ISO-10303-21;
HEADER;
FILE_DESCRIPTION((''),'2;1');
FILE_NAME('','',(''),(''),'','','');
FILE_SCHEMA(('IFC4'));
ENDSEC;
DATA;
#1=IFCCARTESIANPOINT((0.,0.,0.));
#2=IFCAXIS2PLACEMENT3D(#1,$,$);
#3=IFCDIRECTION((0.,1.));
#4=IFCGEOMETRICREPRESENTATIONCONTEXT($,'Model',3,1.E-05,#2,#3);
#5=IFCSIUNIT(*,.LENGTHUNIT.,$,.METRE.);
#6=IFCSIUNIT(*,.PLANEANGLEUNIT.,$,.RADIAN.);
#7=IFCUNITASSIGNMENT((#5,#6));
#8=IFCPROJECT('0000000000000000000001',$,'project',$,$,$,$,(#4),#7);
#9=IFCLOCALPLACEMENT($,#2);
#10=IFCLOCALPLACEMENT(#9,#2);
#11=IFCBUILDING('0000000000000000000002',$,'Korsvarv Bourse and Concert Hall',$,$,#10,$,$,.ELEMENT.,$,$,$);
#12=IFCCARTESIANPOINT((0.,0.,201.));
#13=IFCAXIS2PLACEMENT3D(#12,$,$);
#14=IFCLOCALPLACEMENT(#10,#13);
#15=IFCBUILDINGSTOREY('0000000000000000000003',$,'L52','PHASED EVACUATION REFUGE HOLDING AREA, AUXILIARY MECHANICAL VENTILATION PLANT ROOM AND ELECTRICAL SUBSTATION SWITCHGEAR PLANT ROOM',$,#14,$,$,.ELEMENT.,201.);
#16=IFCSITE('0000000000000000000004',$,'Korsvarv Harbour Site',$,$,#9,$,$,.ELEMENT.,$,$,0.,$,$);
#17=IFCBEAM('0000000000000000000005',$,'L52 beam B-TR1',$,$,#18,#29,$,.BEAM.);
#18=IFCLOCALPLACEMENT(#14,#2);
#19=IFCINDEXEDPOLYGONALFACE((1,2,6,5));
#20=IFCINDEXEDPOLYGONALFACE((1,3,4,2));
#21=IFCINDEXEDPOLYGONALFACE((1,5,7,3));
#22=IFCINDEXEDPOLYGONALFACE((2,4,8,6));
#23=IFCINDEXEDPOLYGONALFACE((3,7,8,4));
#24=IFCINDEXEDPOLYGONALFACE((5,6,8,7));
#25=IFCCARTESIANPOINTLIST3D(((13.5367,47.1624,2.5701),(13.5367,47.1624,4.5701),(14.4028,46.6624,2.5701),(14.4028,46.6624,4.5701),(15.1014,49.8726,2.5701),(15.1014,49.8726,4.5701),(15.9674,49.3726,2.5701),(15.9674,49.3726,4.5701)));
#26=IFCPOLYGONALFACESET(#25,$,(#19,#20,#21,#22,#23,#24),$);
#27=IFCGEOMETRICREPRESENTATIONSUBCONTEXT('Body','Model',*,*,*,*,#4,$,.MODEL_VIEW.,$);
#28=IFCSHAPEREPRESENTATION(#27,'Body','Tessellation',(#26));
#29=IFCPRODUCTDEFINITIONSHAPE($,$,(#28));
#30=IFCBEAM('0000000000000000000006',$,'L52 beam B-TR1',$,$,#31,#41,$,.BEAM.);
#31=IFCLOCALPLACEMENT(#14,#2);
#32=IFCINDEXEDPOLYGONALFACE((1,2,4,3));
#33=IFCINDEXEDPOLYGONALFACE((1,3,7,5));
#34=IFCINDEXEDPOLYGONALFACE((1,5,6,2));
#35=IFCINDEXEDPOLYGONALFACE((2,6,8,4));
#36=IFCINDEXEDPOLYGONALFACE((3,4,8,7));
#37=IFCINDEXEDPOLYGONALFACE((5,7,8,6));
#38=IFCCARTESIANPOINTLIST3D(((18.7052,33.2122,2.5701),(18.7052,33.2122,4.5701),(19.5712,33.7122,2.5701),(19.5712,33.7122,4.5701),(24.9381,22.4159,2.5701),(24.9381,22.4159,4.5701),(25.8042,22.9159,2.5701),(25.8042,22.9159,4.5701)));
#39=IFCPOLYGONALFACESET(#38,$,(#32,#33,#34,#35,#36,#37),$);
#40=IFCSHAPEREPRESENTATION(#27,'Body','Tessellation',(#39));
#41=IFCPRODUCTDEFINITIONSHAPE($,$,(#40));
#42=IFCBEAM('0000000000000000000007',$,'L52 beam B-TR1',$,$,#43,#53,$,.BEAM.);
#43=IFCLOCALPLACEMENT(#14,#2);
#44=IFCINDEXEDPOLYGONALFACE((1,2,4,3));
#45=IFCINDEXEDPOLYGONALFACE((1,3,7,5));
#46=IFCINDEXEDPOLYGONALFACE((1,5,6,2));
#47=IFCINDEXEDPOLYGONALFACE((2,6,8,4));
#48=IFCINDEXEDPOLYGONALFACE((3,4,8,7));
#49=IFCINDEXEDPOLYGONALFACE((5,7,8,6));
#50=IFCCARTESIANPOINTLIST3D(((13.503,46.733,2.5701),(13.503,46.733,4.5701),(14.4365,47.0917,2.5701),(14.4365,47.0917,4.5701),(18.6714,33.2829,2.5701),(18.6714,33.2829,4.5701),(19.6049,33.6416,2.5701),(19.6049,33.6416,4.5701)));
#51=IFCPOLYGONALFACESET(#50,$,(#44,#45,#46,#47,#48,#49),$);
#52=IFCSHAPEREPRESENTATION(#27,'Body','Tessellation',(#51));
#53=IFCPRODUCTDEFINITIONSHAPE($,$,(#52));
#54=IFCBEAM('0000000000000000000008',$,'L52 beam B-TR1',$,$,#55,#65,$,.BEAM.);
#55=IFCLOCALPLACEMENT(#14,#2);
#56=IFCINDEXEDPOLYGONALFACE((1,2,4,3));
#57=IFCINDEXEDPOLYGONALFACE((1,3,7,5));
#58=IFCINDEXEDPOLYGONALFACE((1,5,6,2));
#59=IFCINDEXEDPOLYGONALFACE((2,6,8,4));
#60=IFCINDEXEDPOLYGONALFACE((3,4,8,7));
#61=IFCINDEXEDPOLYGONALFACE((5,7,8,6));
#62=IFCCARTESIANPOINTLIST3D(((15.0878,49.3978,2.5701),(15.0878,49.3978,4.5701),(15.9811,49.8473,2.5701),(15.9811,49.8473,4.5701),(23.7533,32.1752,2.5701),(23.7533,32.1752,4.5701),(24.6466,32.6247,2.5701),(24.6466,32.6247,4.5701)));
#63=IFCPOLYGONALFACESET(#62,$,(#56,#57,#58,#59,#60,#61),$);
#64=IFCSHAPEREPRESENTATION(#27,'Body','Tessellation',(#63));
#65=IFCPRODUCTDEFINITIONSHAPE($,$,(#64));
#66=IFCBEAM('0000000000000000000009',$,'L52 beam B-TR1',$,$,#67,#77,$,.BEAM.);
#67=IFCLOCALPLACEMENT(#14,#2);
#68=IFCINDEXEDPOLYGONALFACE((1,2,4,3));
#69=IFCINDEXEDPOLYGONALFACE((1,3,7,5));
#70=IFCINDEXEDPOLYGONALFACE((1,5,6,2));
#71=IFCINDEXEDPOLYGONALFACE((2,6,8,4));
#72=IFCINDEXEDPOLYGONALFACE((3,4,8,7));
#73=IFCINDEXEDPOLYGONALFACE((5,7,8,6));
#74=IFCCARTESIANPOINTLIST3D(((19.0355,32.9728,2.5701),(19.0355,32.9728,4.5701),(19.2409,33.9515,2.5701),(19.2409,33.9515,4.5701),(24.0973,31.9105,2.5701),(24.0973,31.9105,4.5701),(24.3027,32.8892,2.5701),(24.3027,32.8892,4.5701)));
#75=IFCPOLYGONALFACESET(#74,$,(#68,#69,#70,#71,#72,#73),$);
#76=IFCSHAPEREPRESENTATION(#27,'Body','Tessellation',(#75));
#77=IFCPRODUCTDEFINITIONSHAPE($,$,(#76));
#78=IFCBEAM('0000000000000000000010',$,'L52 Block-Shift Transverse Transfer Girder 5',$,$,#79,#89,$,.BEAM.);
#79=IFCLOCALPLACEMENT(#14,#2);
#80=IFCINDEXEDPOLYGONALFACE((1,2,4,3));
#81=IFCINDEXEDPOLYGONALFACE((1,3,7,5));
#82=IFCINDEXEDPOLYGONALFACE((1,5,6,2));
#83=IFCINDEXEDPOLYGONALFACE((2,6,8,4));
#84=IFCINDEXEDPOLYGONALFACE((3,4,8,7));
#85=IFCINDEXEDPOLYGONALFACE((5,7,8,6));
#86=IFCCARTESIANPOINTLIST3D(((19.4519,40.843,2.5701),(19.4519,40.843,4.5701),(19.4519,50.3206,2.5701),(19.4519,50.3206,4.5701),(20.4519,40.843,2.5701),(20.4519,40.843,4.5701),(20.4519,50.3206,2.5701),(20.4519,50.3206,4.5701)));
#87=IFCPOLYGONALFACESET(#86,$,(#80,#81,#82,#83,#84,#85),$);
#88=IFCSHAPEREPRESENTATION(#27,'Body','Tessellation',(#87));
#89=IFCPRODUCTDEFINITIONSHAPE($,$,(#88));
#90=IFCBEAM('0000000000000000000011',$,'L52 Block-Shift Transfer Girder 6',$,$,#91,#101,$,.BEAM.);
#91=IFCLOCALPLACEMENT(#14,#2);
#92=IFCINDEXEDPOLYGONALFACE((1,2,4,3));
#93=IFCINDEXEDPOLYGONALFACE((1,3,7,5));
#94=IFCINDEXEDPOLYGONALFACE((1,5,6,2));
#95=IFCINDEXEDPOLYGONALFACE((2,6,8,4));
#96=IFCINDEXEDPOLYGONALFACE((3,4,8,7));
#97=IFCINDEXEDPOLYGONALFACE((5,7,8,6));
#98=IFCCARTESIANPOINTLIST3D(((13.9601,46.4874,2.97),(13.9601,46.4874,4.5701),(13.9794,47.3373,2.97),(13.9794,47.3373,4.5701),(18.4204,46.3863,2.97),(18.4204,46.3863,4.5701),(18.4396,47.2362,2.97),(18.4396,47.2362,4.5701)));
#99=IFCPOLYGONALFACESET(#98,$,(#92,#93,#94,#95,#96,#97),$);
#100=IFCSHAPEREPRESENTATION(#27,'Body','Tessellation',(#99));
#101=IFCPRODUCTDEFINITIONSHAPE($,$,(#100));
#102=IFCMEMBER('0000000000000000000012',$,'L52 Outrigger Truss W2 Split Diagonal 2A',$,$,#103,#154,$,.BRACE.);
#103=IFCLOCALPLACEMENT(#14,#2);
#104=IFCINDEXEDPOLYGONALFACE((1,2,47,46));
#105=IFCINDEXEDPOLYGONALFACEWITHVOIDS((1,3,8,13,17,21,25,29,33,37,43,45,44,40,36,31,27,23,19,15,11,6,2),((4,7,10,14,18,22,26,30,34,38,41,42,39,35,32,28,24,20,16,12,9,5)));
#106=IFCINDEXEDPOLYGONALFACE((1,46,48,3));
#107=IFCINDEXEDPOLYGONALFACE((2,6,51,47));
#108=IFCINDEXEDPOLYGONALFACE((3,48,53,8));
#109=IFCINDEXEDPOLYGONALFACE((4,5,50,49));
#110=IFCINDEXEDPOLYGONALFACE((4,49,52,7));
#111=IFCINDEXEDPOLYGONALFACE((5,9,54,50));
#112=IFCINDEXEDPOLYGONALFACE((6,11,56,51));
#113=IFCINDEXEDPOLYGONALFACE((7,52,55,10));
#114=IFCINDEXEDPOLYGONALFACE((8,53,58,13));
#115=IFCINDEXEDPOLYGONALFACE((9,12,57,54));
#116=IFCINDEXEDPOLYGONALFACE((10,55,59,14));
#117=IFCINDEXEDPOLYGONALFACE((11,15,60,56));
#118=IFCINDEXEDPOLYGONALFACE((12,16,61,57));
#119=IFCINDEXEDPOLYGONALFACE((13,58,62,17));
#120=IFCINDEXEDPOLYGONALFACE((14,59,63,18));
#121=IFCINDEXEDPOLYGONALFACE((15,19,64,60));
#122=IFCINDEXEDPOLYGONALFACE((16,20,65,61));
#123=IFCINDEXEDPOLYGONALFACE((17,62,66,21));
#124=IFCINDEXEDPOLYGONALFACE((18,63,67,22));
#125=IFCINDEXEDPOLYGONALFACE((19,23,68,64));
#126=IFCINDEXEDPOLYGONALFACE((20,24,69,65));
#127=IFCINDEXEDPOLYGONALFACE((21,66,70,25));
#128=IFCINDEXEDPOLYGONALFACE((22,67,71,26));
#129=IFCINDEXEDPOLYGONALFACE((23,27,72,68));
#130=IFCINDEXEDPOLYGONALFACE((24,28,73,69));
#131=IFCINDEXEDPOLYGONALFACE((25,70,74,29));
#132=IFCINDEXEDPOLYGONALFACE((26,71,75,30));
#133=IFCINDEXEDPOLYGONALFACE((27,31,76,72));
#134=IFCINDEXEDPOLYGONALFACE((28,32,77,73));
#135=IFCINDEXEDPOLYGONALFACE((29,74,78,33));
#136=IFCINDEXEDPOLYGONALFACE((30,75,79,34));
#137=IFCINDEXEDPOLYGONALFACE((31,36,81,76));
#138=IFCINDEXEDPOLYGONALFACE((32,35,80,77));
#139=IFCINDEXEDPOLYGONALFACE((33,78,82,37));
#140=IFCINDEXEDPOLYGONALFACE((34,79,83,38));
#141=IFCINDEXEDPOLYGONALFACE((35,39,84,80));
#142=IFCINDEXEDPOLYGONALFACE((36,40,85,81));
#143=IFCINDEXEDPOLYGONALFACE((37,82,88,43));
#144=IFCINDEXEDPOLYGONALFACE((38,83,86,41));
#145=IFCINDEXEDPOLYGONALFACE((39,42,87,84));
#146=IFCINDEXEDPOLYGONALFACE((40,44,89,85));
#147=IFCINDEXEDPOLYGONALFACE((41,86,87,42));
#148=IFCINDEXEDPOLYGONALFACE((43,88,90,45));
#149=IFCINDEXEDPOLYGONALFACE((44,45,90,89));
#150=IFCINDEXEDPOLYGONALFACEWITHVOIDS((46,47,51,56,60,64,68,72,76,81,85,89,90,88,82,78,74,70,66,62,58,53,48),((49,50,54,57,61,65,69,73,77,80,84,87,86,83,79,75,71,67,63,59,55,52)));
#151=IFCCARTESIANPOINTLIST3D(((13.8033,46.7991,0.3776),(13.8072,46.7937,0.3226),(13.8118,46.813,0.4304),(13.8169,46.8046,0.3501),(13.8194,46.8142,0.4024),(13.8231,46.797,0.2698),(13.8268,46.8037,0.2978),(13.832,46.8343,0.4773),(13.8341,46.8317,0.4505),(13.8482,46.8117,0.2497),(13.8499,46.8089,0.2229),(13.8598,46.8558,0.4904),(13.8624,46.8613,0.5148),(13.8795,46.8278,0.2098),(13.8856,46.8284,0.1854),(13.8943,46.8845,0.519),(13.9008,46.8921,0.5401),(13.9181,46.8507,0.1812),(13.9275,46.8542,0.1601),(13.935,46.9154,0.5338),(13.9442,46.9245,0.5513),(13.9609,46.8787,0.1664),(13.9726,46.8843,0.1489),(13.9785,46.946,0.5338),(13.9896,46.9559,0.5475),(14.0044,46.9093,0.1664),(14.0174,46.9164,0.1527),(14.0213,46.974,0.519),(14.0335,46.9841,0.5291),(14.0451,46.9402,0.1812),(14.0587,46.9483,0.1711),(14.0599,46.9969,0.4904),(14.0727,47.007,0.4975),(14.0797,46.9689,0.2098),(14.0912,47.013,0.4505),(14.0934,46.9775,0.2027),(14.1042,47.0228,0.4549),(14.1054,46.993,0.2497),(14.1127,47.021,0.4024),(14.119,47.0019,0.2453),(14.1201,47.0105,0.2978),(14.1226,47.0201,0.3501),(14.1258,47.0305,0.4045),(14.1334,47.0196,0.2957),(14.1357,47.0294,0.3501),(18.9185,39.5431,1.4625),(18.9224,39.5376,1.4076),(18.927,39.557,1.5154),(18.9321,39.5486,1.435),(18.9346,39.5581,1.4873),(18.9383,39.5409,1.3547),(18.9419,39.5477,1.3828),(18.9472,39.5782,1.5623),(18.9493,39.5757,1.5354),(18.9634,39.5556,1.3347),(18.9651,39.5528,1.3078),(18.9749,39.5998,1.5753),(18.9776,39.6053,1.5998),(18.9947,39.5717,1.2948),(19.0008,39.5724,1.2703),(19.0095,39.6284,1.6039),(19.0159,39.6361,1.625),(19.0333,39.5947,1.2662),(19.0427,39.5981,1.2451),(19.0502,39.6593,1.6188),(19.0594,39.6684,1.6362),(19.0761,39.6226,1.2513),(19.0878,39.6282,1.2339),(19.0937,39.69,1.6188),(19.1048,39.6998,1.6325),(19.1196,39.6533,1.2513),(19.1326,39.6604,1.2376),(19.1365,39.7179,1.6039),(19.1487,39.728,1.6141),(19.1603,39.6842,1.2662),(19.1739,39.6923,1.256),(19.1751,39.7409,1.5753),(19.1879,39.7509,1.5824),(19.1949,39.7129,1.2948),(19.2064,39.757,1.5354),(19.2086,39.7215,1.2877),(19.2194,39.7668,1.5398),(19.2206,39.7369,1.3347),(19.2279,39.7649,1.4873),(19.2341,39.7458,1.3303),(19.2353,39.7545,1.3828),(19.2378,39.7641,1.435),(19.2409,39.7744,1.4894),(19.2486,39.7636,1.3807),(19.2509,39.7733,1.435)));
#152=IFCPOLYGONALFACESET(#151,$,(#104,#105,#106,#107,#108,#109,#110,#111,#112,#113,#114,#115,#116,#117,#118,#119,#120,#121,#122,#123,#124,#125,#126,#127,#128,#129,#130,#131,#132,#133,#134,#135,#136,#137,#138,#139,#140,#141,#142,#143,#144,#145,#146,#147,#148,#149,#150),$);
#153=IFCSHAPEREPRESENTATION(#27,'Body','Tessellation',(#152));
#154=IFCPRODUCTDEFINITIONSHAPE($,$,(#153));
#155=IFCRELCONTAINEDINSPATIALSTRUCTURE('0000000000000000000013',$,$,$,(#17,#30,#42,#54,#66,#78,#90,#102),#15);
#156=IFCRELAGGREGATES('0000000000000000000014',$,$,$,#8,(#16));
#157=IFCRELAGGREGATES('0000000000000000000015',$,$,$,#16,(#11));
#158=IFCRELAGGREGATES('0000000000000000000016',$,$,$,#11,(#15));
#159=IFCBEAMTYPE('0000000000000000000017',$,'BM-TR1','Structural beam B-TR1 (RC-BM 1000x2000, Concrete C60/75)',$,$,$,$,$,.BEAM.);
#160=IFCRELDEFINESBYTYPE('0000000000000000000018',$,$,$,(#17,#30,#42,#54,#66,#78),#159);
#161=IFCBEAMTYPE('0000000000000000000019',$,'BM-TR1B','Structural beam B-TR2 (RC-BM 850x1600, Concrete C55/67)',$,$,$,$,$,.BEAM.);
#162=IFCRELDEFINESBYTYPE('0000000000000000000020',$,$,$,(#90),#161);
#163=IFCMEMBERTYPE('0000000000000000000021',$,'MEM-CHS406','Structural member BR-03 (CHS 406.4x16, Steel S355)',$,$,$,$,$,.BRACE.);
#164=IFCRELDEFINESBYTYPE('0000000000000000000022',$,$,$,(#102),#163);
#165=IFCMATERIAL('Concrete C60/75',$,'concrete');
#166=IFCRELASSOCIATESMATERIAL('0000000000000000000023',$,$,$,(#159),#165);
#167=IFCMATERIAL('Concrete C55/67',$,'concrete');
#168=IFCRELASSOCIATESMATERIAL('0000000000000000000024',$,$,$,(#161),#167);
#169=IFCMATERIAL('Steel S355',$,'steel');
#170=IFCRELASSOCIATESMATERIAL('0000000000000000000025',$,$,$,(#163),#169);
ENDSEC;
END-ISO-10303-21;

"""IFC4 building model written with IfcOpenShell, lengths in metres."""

from ifc_helpers import new_model, si_unit, direction, frame, origin, origin_2d, place, context, subcontext, project, spatial, rectangle, hollow_circle, extrude, source, transform, mapped, material, material_profile, profile_set, type_object, element, save


model = new_model("IFC4")

# Units and contexts
model_context = context("Model", 3, precision=1e-05, world=origin(), true_north=direction((0.0, 1.0)))
body_context = subcontext(model_context, "Body", "Model", "MODEL_VIEW")
ifc_project = project(units=[si_unit("LENGTHUNIT", "METRE"), si_unit("PLANEANGLEUNIT", "RADIAN")], contexts=[model_context])

# Site, building, storey
site_placement = place(None, origin())
site = spatial("IfcSite", under=ifc_project, at=site_placement, Name="Korsvarv Harbour Site", CompositionType="ELEMENT", RefElevation=0.0)
building_placement = place(site_placement, origin())
building = spatial("IfcBuilding", under=site, at=building_placement, Name="Korsvarv Bourse and Concert Hall", CompositionType="ELEMENT")
storey_placement = place(building_placement, frame((0.0, 0.0, 201.0)))
storey = spatial("IfcBuildingStorey", under=building, at=storey_placement, Name="L52", Description="PHASED EVACUATION REFUGE HOLDING AREA, AUXILIARY MECHANICAL VENTILATION PLANT ROOM AND ELECTRICAL SUBSTATION SWITCHGEAR PLANT ROOM", CompositionType="ELEMENT", Elevation=201.0)

# Shared definitions
ifc_material_1 = material(Name="Steel S355", Category="steel")

# Beams
ifc_material_2 = material(Name="Concrete C60/75", Category="concrete")
ifc_material_profile_1 = material_profile(ifc_material_2, rectangle(XDim=1.0, YDim=2.0, at=origin_2d()), Name="RC-BM 1000x2000")
ifc_profile_set_1 = profile_set([ifc_material_profile_1], Name="Concrete C60/75")
beam_type_1 = type_object("IfcBeamType", Name="BM-TR1", Description="Structural beam B-TR1 (RC-BM 1000x2000, Concrete C60/75)", PredefinedType="BEAM", material=ifc_profile_set_1)
shared_shape_1 = source(origin(), body_context, "Body", "SweptSolid", [
    extrude(rectangle(XDim=1.0, YDim=2.0, at=origin_2d()), origin(), (0.0, 0.0, 1.0), 3.1294),
])
beam_1_placement = place(storey_placement, frame((15.5344, 49.6226, 3.5701), z_axis=(-0.49999, -0.866031, 0.0), x_axis=(0.866031, -0.49999, 0.0)))
element("IfcBeam", 1, at=beam_1_placement, inside=storey, type_object=beam_type_1, Name="L52 beam B-TR1", PredefinedType="BEAM", context=body_context, shape_type="MappedRepresentation", body=[
    mapped(shared_shape_1, transform((0.0, 0.0, 0.0), scale=1.0)),
])
shared_shape_2 = source(origin(), body_context, "Body", "SweptSolid", [
    extrude(rectangle(XDim=1.0, YDim=2.0, at=origin_2d()), origin(), (0.0, 0.0, 1.0), 12.4663),
])
beam_2_placement = place(storey_placement, frame((19.1382, 33.4622, 3.5701), z_axis=(0.499985, -0.866034, 0.0), x_axis=(0.866034, 0.499985, 0.0)))
element("IfcBeam", 2, at=beam_2_placement, inside=storey, type_object=beam_type_1, Name="L52 beam B-TR1", PredefinedType="BEAM", context=body_context, shape_type="MappedRepresentation", body=[
    mapped(shared_shape_2, transform((0.0, 0.0, 0.0), scale=1.0)),
])
shared_shape_3 = source(origin(), body_context, "Body", "SweptSolid", [
    extrude(rectangle(XDim=1.0, YDim=2.0, at=origin_2d()), origin(), (0.0, 0.0, 1.0), 14.4089),
])
beam_3_placement = place(storey_placement, frame((13.9697, 46.9124, 3.5701), z_axis=(0.358695, -0.933455, 0.0), x_axis=(0.933455, 0.358695, 0.0)))
element("IfcBeam", 3, at=beam_3_placement, inside=storey, type_object=beam_type_1, Name="L52 beam B-TR1", PredefinedType="BEAM", context=body_context, shape_type="MappedRepresentation", body=[
    mapped(shared_shape_3, transform((0.0, 0.0, 0.0), scale=1.0)),
])
shared_shape_4 = source(origin(), body_context, "Body", "SweptSolid", [
    extrude(rectangle(XDim=1.0, YDim=2.0, at=origin_2d()), origin(), (0.0, 0.0, 1.0), 19.2798),
])
beam_4_placement = place(storey_placement, frame((15.5344, 49.6226, 3.5701), z_axis=(0.449461, -0.8933, 0.0), x_axis=(0.8933, 0.449461, 0.0)))
element("IfcBeam", 4, at=beam_4_placement, inside=storey, type_object=beam_type_1, Name="L52 beam B-TR1", PredefinedType="BEAM", context=body_context, shape_type="MappedRepresentation", body=[
    mapped(shared_shape_4, transform((0.0, 0.0, 0.0), scale=1.0)),
])
shared_shape_5 = source(origin(), body_context, "Body", "SweptSolid", [
    extrude(rectangle(XDim=1.0, YDim=2.0, at=origin_2d()), origin(), (0.0, 0.0, 1.0), 5.1721),
])
beam_5_placement = place(storey_placement, frame((19.1382, 33.4622, 3.5701), z_axis=(0.978681, -0.205385, 0.0), x_axis=(0.205385, 0.978681, 0.0)))
element("IfcBeam", 5, at=beam_5_placement, inside=storey, type_object=beam_type_1, Name="L52 beam B-TR1", PredefinedType="BEAM", context=body_context, shape_type="MappedRepresentation", body=[
    mapped(shared_shape_5, transform((0.0, 0.0, 0.0), scale=1.0)),
])
shared_shape_6 = source(origin(), body_context, "Body", "SweptSolid", [
    extrude(rectangle(XDim=1.0, YDim=2.0, at=origin_2d()), origin(), (0.0, 0.0, 1.0), 9.4775),
])
beam_6_placement = place(storey_placement, frame((19.9519, 40.843, 3.5701), z_axis=(0.0, 1.0, 0.0), x_axis=(-1.0, 0.0, 0.0)))
element("IfcBeam", 6, at=beam_6_placement, inside=storey, type_object=beam_type_1, Name="L52 Block-Shift Transverse Transfer Girder 5", PredefinedType="BEAM", context=body_context, shape_type="MappedRepresentation", body=[
    mapped(shared_shape_6, transform((0.0, 0.0, 0.0), scale=1.0)),
])
ifc_material_3 = material(Name="Concrete C55/67", Category="concrete")
ifc_material_profile_2 = material_profile(ifc_material_3, rectangle(XDim=0.8501, YDim=1.6001, at=origin_2d()), Name="RC-BM 850x1600")
ifc_profile_set_2 = profile_set([ifc_material_profile_2], Name="Concrete C55/67")
beam_type_2 = type_object("IfcBeamType", Name="BM-TR1B", Description="Structural beam B-TR2 (RC-BM 850x1600, Concrete C55/67)", PredefinedType="BEAM", material=ifc_profile_set_2)
shared_shape_7 = source(origin(), body_context, "Body", "SweptSolid", [
    extrude(rectangle(XDim=0.8501, YDim=1.6001, at=origin_2d()), origin(), (0.0, 0.0, 1.0), 4.4614),
])
beam_7_placement = place(storey_placement, frame((13.9697, 46.9124, 3.77), z_axis=(0.999743, -0.022656, 0.0), x_axis=(0.022656, 0.999743, 0.0)))
element("IfcBeam", 7, at=beam_7_placement, inside=storey, type_object=beam_type_2, Name="L52 Block-Shift Transfer Girder 6", PredefinedType="BEAM", context=body_context, shape_type="MappedRepresentation", body=[
    mapped(shared_shape_7, transform((0.0, 0.0, 0.0), scale=1.0)),
])

# Member
ifc_material_profile_3 = material_profile(ifc_material_1, hollow_circle(Radius=0.2031, WallThickness=0.0161, at=origin_2d()), Name="CHS 406.4x16")
ifc_profile_set_3 = profile_set([ifc_material_profile_3], Name="Steel S355")
member_type_1 = type_object("IfcMemberType", Name="MEM-CHS406", Description="Structural member BR-03 (CHS 406.4x16, Steel S355)", PredefinedType="BRACE", material=ifc_profile_set_3)
shared_shape_8 = source(origin(), body_context, "Body", "SweptSolid", [
    extrude(hollow_circle(Radius=0.2031, WallThickness=0.0161, at=origin_2d()), origin(), (0.0, 0.0, 1.0), 8.9438),
])
member_1_placement = place(storey_placement, frame((13.9697, 46.9124, 0.3501), z_axis=(0.571923, -0.811288, 0.121307), x_axis=(0.817324, 0.576178, 0.0)))
element("IfcMember", 8, at=member_1_placement, inside=storey, type_object=member_type_1, Name="L52 Outrigger Truss W2 Split Diagonal 2A", PredefinedType="BRACE", context=body_context, shape_type="MappedRepresentation", body=[
    mapped(shared_shape_8, transform((0.0, 0.0, 0.0), scale=1.0)),
])

save(model, "model.ifc")
